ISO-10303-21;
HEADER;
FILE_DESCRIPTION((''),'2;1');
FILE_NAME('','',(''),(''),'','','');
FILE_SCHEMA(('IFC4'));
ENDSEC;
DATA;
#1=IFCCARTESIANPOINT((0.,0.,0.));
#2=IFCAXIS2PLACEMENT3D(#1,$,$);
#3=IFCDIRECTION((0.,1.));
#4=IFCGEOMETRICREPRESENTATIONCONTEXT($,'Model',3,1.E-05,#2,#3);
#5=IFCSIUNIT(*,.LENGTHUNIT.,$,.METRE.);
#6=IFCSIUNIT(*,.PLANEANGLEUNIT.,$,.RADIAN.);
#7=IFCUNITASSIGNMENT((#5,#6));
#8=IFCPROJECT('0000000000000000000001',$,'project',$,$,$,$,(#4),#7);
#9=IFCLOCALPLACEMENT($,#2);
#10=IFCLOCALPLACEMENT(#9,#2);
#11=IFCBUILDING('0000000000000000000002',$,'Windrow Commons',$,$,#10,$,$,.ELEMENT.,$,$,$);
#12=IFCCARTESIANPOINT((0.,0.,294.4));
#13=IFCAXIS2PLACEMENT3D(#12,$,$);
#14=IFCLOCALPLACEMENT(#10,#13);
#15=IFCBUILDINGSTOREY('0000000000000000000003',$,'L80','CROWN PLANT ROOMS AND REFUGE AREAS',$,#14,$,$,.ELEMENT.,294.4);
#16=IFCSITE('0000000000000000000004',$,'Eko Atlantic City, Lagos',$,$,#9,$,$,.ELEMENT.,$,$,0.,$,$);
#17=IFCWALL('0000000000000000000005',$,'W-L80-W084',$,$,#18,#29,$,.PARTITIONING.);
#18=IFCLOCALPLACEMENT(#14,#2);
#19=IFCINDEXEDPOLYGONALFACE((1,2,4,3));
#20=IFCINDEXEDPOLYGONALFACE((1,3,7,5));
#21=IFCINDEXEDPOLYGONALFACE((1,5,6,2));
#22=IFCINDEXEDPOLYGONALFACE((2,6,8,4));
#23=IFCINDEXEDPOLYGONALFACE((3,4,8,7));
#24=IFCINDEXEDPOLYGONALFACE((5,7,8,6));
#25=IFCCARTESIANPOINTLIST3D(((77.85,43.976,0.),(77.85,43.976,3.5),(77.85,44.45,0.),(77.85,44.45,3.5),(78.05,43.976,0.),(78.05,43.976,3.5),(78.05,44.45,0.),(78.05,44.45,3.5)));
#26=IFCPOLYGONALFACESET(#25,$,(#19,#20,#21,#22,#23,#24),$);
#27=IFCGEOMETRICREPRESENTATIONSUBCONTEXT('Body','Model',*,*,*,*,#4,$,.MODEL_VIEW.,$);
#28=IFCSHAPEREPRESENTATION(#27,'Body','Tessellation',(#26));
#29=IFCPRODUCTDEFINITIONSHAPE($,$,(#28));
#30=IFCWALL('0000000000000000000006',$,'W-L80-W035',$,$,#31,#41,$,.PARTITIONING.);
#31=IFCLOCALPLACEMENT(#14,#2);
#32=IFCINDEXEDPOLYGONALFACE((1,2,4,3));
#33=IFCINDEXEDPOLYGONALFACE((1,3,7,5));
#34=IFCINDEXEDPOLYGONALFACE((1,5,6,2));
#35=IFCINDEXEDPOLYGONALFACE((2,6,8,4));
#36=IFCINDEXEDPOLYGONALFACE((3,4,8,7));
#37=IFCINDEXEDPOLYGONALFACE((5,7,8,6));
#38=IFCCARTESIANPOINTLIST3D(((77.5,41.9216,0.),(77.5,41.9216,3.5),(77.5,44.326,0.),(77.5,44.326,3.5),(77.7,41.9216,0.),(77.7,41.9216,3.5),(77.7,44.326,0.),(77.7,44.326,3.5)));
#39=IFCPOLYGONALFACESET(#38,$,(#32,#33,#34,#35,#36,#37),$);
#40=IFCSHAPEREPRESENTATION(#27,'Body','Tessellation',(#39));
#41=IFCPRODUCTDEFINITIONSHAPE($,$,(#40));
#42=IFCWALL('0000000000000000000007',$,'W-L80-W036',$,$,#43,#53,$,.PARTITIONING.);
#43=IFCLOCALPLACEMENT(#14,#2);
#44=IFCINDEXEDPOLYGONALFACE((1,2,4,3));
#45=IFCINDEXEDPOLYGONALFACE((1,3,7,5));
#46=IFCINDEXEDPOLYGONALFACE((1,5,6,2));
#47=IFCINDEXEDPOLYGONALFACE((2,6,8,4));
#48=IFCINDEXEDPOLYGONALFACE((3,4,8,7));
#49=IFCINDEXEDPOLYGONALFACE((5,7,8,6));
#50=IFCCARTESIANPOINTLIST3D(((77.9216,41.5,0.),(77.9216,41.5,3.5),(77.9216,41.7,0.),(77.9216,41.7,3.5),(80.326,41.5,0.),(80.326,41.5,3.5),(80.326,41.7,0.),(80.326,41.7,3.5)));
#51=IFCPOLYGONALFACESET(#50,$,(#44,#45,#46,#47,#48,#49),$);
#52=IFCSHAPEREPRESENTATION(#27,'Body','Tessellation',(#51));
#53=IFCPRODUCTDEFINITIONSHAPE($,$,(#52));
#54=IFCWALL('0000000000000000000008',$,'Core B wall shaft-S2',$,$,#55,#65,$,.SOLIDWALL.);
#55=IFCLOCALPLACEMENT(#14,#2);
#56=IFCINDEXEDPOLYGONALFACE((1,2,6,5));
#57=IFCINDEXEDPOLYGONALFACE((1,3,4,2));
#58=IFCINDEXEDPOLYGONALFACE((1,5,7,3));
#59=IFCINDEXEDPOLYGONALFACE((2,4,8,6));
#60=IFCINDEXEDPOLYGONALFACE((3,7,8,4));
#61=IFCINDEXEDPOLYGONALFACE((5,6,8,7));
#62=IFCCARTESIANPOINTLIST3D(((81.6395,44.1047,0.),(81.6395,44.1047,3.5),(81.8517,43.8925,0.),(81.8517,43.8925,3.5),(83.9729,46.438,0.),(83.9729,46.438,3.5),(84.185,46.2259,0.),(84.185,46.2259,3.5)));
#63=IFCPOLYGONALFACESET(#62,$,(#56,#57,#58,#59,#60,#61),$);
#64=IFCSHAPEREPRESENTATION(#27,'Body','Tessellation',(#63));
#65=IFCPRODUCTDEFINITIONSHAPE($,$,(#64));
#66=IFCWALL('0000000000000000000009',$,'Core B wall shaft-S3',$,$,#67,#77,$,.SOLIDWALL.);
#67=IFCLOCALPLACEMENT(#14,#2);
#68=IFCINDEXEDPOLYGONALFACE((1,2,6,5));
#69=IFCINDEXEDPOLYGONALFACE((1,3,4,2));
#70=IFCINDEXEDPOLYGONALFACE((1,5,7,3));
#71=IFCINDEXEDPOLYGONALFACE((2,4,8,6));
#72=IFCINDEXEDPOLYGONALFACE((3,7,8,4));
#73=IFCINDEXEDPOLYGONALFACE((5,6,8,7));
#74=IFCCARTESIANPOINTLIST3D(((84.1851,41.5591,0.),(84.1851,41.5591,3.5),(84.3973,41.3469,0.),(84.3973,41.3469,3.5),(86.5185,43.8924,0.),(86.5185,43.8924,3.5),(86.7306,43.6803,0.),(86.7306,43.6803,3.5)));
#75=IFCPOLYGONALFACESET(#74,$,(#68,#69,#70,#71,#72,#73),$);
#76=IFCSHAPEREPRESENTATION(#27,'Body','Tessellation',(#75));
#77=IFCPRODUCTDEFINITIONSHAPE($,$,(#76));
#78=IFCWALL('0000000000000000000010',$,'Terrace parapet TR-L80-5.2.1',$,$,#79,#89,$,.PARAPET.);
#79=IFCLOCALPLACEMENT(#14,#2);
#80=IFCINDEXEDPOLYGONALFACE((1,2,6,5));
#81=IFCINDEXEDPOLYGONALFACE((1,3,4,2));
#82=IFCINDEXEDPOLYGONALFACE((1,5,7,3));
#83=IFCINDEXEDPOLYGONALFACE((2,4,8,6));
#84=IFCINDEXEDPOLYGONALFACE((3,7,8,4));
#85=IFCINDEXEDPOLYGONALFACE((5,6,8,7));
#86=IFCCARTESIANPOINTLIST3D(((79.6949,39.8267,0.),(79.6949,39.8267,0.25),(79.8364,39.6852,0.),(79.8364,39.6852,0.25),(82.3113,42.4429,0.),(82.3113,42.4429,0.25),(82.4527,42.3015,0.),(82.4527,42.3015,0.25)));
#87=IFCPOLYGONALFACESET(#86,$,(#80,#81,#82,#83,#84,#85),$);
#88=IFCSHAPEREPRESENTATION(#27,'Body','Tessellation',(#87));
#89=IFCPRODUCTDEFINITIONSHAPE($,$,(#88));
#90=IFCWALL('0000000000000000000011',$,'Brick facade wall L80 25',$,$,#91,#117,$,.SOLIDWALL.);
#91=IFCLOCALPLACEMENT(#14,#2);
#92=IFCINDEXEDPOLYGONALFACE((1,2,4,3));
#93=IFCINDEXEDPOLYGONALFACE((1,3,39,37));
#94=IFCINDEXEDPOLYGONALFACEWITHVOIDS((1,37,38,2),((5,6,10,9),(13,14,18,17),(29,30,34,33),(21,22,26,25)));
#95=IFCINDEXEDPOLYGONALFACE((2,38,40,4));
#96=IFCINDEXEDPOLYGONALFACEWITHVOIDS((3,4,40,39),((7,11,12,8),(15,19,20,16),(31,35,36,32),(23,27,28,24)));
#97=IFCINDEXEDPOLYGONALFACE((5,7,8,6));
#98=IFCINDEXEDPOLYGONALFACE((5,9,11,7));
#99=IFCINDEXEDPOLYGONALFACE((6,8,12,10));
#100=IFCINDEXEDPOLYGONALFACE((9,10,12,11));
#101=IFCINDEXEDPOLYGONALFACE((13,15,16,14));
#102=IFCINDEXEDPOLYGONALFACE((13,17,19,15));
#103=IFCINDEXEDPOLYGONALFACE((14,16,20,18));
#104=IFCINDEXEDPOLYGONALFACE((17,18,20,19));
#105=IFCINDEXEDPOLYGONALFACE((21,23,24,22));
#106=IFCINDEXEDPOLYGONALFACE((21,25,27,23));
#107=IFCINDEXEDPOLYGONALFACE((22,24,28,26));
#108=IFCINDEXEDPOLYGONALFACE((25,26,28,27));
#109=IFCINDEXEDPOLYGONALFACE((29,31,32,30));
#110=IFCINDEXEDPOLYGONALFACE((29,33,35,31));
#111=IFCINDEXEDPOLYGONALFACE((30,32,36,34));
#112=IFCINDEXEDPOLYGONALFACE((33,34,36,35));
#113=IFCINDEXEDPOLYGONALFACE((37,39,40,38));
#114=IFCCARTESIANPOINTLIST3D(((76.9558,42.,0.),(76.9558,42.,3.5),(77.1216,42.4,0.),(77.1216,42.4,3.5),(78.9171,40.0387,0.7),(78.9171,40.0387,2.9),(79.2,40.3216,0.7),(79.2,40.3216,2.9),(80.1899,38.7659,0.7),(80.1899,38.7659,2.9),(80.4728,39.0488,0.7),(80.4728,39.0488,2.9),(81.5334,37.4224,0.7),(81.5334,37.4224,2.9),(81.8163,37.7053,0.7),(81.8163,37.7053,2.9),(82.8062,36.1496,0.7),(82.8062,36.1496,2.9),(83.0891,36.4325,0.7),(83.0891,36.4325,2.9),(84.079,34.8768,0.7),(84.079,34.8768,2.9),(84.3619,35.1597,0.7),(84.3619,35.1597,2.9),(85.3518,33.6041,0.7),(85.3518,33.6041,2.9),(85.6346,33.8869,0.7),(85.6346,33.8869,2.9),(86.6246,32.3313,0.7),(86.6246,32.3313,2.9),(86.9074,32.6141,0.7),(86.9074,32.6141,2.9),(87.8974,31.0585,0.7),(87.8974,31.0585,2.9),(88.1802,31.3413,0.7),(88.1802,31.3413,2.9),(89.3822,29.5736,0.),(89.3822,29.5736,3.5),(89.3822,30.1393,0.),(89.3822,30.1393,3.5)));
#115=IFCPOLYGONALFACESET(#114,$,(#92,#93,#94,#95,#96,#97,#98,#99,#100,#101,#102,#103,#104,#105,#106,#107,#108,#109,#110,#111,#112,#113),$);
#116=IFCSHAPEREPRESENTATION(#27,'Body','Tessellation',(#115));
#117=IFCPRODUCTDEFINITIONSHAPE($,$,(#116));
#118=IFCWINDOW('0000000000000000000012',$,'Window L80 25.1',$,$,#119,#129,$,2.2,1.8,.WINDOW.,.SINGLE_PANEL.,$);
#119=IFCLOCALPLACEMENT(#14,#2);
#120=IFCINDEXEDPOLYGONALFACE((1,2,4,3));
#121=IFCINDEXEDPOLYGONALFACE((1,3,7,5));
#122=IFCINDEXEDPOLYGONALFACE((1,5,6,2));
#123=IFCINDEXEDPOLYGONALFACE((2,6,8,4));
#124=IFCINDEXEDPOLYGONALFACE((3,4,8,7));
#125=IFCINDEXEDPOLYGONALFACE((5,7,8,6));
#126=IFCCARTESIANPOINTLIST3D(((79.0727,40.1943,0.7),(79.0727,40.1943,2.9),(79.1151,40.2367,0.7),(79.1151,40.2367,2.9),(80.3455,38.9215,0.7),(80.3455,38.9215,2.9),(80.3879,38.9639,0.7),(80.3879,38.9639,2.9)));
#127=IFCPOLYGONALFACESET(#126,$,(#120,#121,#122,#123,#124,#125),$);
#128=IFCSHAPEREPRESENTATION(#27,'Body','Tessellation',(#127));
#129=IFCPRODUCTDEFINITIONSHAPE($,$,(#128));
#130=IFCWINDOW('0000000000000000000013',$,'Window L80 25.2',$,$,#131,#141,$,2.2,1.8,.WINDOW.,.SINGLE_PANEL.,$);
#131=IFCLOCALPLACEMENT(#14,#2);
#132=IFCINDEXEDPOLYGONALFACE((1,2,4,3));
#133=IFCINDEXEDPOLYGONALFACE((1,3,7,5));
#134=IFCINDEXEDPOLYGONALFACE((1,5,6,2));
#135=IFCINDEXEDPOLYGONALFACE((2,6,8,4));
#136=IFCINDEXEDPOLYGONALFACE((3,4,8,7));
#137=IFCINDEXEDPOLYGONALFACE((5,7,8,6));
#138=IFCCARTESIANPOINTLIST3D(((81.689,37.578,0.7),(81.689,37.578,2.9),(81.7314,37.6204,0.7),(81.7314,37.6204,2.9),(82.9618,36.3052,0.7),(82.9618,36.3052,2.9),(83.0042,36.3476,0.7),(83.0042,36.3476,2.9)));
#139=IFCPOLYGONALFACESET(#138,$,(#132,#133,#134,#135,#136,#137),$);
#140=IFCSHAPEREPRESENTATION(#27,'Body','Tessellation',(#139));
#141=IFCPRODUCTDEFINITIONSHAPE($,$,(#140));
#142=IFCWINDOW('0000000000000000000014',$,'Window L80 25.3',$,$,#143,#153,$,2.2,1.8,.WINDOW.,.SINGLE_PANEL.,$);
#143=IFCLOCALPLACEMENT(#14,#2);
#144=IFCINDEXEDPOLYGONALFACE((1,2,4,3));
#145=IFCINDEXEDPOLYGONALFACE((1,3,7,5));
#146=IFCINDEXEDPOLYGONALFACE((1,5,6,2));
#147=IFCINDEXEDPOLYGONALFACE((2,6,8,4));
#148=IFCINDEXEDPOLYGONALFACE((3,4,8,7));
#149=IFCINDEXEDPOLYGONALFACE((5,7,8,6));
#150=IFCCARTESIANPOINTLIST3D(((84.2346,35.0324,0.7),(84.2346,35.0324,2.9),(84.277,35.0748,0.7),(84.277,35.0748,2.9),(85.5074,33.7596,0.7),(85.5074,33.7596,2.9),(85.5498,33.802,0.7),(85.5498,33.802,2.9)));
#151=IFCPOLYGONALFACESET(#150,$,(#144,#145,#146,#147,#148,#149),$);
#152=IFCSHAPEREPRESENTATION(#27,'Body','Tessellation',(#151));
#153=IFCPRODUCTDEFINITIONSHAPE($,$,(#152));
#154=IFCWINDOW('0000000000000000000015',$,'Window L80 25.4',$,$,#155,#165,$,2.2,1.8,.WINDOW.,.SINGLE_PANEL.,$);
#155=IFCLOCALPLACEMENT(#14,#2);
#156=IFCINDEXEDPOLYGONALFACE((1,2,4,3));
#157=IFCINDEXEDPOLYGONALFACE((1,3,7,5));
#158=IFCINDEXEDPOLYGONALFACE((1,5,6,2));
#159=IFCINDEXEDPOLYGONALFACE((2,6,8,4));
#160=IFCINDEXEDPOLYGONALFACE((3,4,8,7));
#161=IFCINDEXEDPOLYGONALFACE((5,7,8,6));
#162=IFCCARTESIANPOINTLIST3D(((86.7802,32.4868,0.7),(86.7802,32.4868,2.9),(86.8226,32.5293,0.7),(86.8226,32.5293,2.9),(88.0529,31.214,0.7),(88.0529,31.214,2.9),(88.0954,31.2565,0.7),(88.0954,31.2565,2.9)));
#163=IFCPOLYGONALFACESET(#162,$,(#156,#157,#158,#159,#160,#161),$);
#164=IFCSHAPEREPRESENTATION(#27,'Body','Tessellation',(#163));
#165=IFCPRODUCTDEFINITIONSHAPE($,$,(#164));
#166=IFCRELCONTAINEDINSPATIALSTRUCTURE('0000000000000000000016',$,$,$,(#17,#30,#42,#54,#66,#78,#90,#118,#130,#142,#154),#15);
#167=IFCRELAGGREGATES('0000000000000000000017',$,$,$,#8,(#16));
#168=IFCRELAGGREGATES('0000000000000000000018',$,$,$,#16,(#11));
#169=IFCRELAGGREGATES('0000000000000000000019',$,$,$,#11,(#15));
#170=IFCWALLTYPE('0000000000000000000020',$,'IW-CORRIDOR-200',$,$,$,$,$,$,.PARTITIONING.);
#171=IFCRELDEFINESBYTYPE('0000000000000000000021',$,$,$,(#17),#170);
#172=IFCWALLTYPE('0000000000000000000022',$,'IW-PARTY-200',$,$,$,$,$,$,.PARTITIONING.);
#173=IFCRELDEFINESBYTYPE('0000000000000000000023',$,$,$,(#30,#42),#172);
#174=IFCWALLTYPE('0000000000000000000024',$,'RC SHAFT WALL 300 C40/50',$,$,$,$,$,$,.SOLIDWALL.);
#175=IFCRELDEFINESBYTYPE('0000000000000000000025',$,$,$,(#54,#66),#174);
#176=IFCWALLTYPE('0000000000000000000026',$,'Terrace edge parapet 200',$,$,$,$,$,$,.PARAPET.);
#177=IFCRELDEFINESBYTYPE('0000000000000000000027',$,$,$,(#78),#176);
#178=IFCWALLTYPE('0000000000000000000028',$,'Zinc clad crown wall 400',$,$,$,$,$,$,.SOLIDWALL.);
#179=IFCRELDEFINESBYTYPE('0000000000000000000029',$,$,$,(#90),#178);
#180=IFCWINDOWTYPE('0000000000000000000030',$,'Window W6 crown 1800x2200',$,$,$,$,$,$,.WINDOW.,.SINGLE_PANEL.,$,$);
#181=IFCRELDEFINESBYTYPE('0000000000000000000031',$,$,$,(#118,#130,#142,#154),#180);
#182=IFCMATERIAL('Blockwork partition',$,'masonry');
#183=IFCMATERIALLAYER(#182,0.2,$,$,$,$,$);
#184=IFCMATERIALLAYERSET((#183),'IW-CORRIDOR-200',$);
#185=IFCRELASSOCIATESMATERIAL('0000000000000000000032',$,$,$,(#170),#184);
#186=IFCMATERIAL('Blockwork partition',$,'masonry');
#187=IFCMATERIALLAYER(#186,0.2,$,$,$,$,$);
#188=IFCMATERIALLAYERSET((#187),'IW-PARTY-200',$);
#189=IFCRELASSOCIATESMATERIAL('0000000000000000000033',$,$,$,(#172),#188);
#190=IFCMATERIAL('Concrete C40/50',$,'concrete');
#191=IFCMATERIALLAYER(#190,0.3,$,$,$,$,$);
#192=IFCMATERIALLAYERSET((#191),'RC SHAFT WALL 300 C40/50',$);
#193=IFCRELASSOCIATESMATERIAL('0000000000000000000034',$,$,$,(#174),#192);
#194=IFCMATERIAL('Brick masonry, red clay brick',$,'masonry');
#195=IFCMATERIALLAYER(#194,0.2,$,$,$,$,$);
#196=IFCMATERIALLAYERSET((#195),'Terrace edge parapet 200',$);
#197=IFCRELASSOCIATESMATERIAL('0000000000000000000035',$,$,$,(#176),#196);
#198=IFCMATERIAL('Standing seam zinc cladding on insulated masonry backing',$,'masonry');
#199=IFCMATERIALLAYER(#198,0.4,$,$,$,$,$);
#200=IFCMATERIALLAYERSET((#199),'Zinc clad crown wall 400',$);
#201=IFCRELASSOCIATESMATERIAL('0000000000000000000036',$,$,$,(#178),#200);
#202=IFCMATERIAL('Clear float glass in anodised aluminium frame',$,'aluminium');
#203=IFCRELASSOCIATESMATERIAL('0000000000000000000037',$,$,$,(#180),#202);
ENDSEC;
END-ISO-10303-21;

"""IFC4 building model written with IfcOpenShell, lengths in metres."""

from ifc_helpers import new_model, si_unit, direction, frame, frame_2d, origin, place, context, subcontext, project, spatial, polyline, rectangle, outline, extrude, material, layer, layer_set, type_object, element, fill, save


model = new_model("IFC4")

# Units and contexts
model_context = context("Model", 3, precision=1e-05, world=origin(), true_north=direction((0.0, 1.0)))
body_context = subcontext(model_context, "Body", "Model", "MODEL_VIEW")
ifc_project = project(units=[si_unit("LENGTHUNIT", "METRE"), si_unit("PLANEANGLEUNIT", "RADIAN")], contexts=[model_context])

# Site, building, storey
site_placement = place(None, origin())
site = spatial("IfcSite", under=ifc_project, at=site_placement, Name="Eko Atlantic City, Lagos", CompositionType="ELEMENT", RefElevation=0.0)
building_placement = place(site_placement, origin())
building = spatial("IfcBuilding", under=site, at=building_placement, Name="Windrow Commons", CompositionType="ELEMENT")
storey_placement = place(building_placement, frame((0.0, 0.0, 294.4)))
storey = spatial("IfcBuildingStorey", under=building, at=storey_placement, Name="L80", Description="CROWN PLANT ROOMS AND REFUGE AREAS", CompositionType="ELEMENT", Elevation=294.4)

# Walls
ifc_material_1 = material(Name="Blockwork partition", Category="masonry")
ifc_layer_1 = layer(ifc_material_1, 0.2)
ifc_layer_set_1 = layer_set([ifc_layer_1], Name="IW-CORRIDOR-200")
wall_type_1 = type_object("IfcWallType", Name="IW-CORRIDOR-200", PredefinedType="PARTITIONING", material=ifc_layer_set_1)
for number, where, z_axis, x_axis, name in (
    (1, (77.95, 43.976, 0.0), (0.0, 0.0, 1.0), (0.0, 1.0, 0.0), "W-L80-W084"),
):
    element("IfcWall", number, at=place(storey_placement, frame(where, z_axis=z_axis, x_axis=x_axis)), inside=storey, type_object=wall_type_1, Name=name, PredefinedType="PARTITIONING", context=body_context, shape_type="SweptSolid", body=[
        extrude(rectangle(XDim=0.474, YDim=0.2, at=frame_2d((0.237, 0.0))), origin(), (0.0, 0.0, 1.0), 3.5),
    ])
ifc_material_2 = material(Name="Blockwork partition", Category="masonry")
ifc_layer_2 = layer(ifc_material_2, 0.2)
ifc_layer_set_2 = layer_set([ifc_layer_2], Name="IW-PARTY-200")
wall_type_2 = type_object("IfcWallType", Name="IW-PARTY-200", PredefinedType="PARTITIONING", material=ifc_layer_set_2)
for number, where, z_axis, x_axis, name in (
    (2, (77.6, 41.9216, 0.0), (0.0, 0.0, 1.0), (0.0, 1.0, 0.0), "W-L80-W035"),
    (3, (77.9216, 41.6, 0.0), (0.0, 0.0, 1.0), (1.0, 0.0, 0.0), "W-L80-W036"),
):
    element("IfcWall", number, at=place(storey_placement, frame(where, z_axis=z_axis, x_axis=x_axis)), inside=storey, type_object=wall_type_2, Name=name, PredefinedType="PARTITIONING", context=body_context, shape_type="SweptSolid", body=[
        extrude(outline(polyline([(0.0, -0.1), (2.4044, -0.1), (2.4044, 0.1), (0.0, 0.1), (0.0, -0.1)])), origin(), (0.0, 0.0, 1.0), 3.5),
    ])
ifc_material_3 = material(Name="Concrete C40/50", Category="concrete")
ifc_layer_3 = layer(ifc_material_3, 0.3)
ifc_layer_set_3 = layer_set([ifc_layer_3], Name="RC SHAFT WALL 300 C40/50")
wall_type_3 = type_object("IfcWallType", Name="RC SHAFT WALL 300 C40/50", PredefinedType="SOLIDWALL", material=ifc_layer_set_3)
for number, where, z_axis, x_axis, name in (
    (4, (81.7456, 43.9986, 0.0), (0.0, 0.0, 1.0), (0.707107, 0.707107, 0.0), "Core B wall shaft-S2"),
    (5, (84.2912, 41.453, 0.0), (0.0, 0.0, 1.0), (0.707107, 0.707107, 0.0), "Core B wall shaft-S3"),
):
    element("IfcWall", number, at=place(storey_placement, frame(where, z_axis=z_axis, x_axis=x_axis)), inside=storey, type_object=wall_type_3, Name=name, PredefinedType="SOLIDWALL", context=body_context, shape_type="SweptSolid", body=[
        extrude(outline(polyline([(0.0, 0.0), (3.2999, 0.0), (3.2999, 3.5), (0.0, 3.5), (0.0, 0.0)])), frame((0.0, 0.15, 0.0), z_axis=(0.0, -1.0, 0.0), x_axis=(1.0, 0.0, 0.0)), (0.0, 0.0, 1.0), 0.3),
    ])
ifc_material_4 = material(Name="Brick masonry, red clay brick", Category="masonry")
ifc_layer_4 = layer(ifc_material_4, 0.2)
ifc_layer_set_4 = layer_set([ifc_layer_4], Name="Terrace edge parapet 200")
wall_type_4 = type_object("IfcWallType", Name="Terrace edge parapet 200", PredefinedType="PARAPET", material=ifc_layer_set_4)
wall_1_placement = place(storey_placement, frame((82.382, 42.3722, 0.0), z_axis=(0.0, 0.0, 1.0), x_axis=(-0.70712, -0.707093, 0.0)))
element("IfcWall", 6, at=wall_1_placement, inside=storey, type_object=wall_type_4, Name="Terrace parapet TR-L80-5.2.1", PredefinedType="PARAPET", context=body_context, shape_type="SweptSolid", body=[
    extrude(outline(polyline([(0.0, -0.1), (3.7, -0.1), (3.7, 0.1), (0.0, 0.1), (0.0, -0.1)])), origin(), (0.0, 0.0, 1.0), 0.25),
])

# Wall, openings, windows
ifc_material_5 = material(Name="Standing seam zinc cladding on insulated masonry backing", Category="masonry")
ifc_layer_5 = layer(ifc_material_5, 0.4)
ifc_layer_set_5 = layer_set([ifc_layer_5], Name="Zinc clad crown wall 400")
wall_type_5 = type_object("IfcWallType", Name="Zinc clad crown wall 400", PredefinedType="SOLIDWALL", material=ifc_layer_set_5)
wall_2_placement = place(storey_placement, frame((77.0387, 42.2, 0.0), z_axis=(0.0, 0.0, 1.0), x_axis=(0.707107, -0.707107, 0.0)))
wall_2 = element("IfcWall", 7, at=wall_2_placement, inside=storey, type_object=wall_type_5, Name="Brick facade wall L80 25", PredefinedType="SOLIDWALL", context=body_context, shape_type="SweptSolid", body=[
    extrude(outline(polyline([(0.0828, -0.2), (17.6564, -0.2), (17.2564, 0.2), (-0.0828, 0.2), (0.0828, -0.2)])), origin(), (0.0, 0.0, 1.0), 3.5),
])
opening_1_placement = place(wall_2_placement, frame((2.8565, 0.0, 0.7)))
opening_1 = element("IfcOpeningElement", 8, at=opening_1_placement, cuts=wall_2, PredefinedType="OPENING", context=body_context, shape_type="SweptSolid", body=[
    extrude(rectangle(XDim=1.8, YDim=2.2, at=frame_2d((0.9, 1.1))), frame((0.0, 0.21, 0.0), z_axis=(0.0, -1.0, 0.0), x_axis=(1.0, 0.0, 0.0)), (0.0, 0.0, 1.0), 0.42),
])
opening_2_placement = place(wall_2_placement, frame((6.5565, 0.0, 0.7)))
opening_2 = element("IfcOpeningElement", 9, at=opening_2_placement, cuts=wall_2, PredefinedType="OPENING", context=body_context, shape_type="SweptSolid", body=[
    extrude(rectangle(XDim=1.8, YDim=2.2, at=frame_2d((0.9, 1.1))), frame((0.0, 0.21, 0.0), z_axis=(0.0, -1.0, 0.0), x_axis=(1.0, 0.0, 0.0)), (0.0, 0.0, 1.0), 0.42),
])
opening_3_placement = place(wall_2_placement, frame((10.1565, 0.0, 0.7)))
opening_3 = element("IfcOpeningElement", 10, at=opening_3_placement, cuts=wall_2, PredefinedType="OPENING", context=body_context, shape_type="SweptSolid", body=[
    extrude(rectangle(XDim=1.8, YDim=2.2, at=frame_2d((0.9, 1.1))), frame((0.0, 0.21, 0.0), z_axis=(0.0, -1.0, 0.0), x_axis=(1.0, 0.0, 0.0)), (0.0, 0.0, 1.0), 0.42),
])
opening_4_placement = place(wall_2_placement, frame((13.7565, 0.0, 0.7)))
opening_4 = element("IfcOpeningElement", 11, at=opening_4_placement, cuts=wall_2, PredefinedType="OPENING", context=body_context, shape_type="SweptSolid", body=[
    extrude(rectangle(XDim=1.8, YDim=2.2, at=frame_2d((0.9, 1.1))), frame((0.0, 0.21, 0.0), z_axis=(0.0, -1.0, 0.0), x_axis=(1.0, 0.0, 0.0)), (0.0, 0.0, 1.0), 0.42),
])
ifc_material_6 = material(Name="Clear float glass in anodised aluminium frame", Category="aluminium")
window_type = type_object("IfcWindowType", Name="Window W6 crown 1800x2200", PartitioningType="SINGLE_PANEL", PredefinedType="WINDOW", material=ifc_material_6)
window_1_placement = place(opening_1_placement, origin())
window_1 = element("IfcWindow", 12, at=window_1_placement, inside=storey, type_object=window_type, Name="Window L80 25.1", OverallHeight=2.2, OverallWidth=1.8, PartitioningType="SINGLE_PANEL", PredefinedType="WINDOW", context=body_context, shape_type="SweptSolid", body=[
    extrude(rectangle(XDim=1.8, YDim=2.2, at=frame_2d((0.9, 1.1))), frame((0.0, 0.08, 0.0), z_axis=(0.0, -1.0, 0.0), x_axis=(1.0, 0.0, 0.0)), (0.0, 0.0, 1.0), 0.06),
])
fill(opening_1, window_1)
window_2_placement = place(opening_2_placement, origin())
window_2 = element("IfcWindow", 13, at=window_2_placement, inside=storey, type_object=window_type, Name="Window L80 25.2", OverallHeight=2.2, OverallWidth=1.8, PartitioningType="SINGLE_PANEL", PredefinedType="WINDOW", context=body_context, shape_type="SweptSolid", body=[
    extrude(rectangle(XDim=1.8, YDim=2.2, at=frame_2d((0.9, 1.1))), frame((0.0, 0.08, 0.0), z_axis=(0.0, -1.0, 0.0), x_axis=(1.0, 0.0, 0.0)), (0.0, 0.0, 1.0), 0.06),
])
fill(opening_2, window_2)
window_3_placement = place(opening_3_placement, origin())
window_3 = element("IfcWindow", 14, at=window_3_placement, inside=storey, type_object=window_type, Name="Window L80 25.3", OverallHeight=2.2, OverallWidth=1.8, PartitioningType="SINGLE_PANEL", PredefinedType="WINDOW", context=body_context, shape_type="SweptSolid", body=[
    extrude(rectangle(XDim=1.8, YDim=2.2, at=frame_2d((0.9, 1.1))), frame((0.0, 0.08, 0.0), z_axis=(0.0, -1.0, 0.0), x_axis=(1.0, 0.0, 0.0)), (0.0, 0.0, 1.0), 0.06),
])
fill(opening_3, window_3)
window_4_placement = place(opening_4_placement, origin())
window_4 = element("IfcWindow", 15, at=window_4_placement, inside=storey, type_object=window_type, Name="Window L80 25.4", OverallHeight=2.2, OverallWidth=1.8, PartitioningType="SINGLE_PANEL", PredefinedType="WINDOW", context=body_context, shape_type="SweptSolid", body=[
    extrude(rectangle(XDim=1.8, YDim=2.2, at=frame_2d((0.9, 1.1))), frame((0.0, 0.08, 0.0), z_axis=(0.0, -1.0, 0.0), x_axis=(1.0, 0.0, 0.0)), (0.0, 0.0, 1.0), 0.06),
])
fill(opening_4, window_4)

save(model, "model.ifc")
